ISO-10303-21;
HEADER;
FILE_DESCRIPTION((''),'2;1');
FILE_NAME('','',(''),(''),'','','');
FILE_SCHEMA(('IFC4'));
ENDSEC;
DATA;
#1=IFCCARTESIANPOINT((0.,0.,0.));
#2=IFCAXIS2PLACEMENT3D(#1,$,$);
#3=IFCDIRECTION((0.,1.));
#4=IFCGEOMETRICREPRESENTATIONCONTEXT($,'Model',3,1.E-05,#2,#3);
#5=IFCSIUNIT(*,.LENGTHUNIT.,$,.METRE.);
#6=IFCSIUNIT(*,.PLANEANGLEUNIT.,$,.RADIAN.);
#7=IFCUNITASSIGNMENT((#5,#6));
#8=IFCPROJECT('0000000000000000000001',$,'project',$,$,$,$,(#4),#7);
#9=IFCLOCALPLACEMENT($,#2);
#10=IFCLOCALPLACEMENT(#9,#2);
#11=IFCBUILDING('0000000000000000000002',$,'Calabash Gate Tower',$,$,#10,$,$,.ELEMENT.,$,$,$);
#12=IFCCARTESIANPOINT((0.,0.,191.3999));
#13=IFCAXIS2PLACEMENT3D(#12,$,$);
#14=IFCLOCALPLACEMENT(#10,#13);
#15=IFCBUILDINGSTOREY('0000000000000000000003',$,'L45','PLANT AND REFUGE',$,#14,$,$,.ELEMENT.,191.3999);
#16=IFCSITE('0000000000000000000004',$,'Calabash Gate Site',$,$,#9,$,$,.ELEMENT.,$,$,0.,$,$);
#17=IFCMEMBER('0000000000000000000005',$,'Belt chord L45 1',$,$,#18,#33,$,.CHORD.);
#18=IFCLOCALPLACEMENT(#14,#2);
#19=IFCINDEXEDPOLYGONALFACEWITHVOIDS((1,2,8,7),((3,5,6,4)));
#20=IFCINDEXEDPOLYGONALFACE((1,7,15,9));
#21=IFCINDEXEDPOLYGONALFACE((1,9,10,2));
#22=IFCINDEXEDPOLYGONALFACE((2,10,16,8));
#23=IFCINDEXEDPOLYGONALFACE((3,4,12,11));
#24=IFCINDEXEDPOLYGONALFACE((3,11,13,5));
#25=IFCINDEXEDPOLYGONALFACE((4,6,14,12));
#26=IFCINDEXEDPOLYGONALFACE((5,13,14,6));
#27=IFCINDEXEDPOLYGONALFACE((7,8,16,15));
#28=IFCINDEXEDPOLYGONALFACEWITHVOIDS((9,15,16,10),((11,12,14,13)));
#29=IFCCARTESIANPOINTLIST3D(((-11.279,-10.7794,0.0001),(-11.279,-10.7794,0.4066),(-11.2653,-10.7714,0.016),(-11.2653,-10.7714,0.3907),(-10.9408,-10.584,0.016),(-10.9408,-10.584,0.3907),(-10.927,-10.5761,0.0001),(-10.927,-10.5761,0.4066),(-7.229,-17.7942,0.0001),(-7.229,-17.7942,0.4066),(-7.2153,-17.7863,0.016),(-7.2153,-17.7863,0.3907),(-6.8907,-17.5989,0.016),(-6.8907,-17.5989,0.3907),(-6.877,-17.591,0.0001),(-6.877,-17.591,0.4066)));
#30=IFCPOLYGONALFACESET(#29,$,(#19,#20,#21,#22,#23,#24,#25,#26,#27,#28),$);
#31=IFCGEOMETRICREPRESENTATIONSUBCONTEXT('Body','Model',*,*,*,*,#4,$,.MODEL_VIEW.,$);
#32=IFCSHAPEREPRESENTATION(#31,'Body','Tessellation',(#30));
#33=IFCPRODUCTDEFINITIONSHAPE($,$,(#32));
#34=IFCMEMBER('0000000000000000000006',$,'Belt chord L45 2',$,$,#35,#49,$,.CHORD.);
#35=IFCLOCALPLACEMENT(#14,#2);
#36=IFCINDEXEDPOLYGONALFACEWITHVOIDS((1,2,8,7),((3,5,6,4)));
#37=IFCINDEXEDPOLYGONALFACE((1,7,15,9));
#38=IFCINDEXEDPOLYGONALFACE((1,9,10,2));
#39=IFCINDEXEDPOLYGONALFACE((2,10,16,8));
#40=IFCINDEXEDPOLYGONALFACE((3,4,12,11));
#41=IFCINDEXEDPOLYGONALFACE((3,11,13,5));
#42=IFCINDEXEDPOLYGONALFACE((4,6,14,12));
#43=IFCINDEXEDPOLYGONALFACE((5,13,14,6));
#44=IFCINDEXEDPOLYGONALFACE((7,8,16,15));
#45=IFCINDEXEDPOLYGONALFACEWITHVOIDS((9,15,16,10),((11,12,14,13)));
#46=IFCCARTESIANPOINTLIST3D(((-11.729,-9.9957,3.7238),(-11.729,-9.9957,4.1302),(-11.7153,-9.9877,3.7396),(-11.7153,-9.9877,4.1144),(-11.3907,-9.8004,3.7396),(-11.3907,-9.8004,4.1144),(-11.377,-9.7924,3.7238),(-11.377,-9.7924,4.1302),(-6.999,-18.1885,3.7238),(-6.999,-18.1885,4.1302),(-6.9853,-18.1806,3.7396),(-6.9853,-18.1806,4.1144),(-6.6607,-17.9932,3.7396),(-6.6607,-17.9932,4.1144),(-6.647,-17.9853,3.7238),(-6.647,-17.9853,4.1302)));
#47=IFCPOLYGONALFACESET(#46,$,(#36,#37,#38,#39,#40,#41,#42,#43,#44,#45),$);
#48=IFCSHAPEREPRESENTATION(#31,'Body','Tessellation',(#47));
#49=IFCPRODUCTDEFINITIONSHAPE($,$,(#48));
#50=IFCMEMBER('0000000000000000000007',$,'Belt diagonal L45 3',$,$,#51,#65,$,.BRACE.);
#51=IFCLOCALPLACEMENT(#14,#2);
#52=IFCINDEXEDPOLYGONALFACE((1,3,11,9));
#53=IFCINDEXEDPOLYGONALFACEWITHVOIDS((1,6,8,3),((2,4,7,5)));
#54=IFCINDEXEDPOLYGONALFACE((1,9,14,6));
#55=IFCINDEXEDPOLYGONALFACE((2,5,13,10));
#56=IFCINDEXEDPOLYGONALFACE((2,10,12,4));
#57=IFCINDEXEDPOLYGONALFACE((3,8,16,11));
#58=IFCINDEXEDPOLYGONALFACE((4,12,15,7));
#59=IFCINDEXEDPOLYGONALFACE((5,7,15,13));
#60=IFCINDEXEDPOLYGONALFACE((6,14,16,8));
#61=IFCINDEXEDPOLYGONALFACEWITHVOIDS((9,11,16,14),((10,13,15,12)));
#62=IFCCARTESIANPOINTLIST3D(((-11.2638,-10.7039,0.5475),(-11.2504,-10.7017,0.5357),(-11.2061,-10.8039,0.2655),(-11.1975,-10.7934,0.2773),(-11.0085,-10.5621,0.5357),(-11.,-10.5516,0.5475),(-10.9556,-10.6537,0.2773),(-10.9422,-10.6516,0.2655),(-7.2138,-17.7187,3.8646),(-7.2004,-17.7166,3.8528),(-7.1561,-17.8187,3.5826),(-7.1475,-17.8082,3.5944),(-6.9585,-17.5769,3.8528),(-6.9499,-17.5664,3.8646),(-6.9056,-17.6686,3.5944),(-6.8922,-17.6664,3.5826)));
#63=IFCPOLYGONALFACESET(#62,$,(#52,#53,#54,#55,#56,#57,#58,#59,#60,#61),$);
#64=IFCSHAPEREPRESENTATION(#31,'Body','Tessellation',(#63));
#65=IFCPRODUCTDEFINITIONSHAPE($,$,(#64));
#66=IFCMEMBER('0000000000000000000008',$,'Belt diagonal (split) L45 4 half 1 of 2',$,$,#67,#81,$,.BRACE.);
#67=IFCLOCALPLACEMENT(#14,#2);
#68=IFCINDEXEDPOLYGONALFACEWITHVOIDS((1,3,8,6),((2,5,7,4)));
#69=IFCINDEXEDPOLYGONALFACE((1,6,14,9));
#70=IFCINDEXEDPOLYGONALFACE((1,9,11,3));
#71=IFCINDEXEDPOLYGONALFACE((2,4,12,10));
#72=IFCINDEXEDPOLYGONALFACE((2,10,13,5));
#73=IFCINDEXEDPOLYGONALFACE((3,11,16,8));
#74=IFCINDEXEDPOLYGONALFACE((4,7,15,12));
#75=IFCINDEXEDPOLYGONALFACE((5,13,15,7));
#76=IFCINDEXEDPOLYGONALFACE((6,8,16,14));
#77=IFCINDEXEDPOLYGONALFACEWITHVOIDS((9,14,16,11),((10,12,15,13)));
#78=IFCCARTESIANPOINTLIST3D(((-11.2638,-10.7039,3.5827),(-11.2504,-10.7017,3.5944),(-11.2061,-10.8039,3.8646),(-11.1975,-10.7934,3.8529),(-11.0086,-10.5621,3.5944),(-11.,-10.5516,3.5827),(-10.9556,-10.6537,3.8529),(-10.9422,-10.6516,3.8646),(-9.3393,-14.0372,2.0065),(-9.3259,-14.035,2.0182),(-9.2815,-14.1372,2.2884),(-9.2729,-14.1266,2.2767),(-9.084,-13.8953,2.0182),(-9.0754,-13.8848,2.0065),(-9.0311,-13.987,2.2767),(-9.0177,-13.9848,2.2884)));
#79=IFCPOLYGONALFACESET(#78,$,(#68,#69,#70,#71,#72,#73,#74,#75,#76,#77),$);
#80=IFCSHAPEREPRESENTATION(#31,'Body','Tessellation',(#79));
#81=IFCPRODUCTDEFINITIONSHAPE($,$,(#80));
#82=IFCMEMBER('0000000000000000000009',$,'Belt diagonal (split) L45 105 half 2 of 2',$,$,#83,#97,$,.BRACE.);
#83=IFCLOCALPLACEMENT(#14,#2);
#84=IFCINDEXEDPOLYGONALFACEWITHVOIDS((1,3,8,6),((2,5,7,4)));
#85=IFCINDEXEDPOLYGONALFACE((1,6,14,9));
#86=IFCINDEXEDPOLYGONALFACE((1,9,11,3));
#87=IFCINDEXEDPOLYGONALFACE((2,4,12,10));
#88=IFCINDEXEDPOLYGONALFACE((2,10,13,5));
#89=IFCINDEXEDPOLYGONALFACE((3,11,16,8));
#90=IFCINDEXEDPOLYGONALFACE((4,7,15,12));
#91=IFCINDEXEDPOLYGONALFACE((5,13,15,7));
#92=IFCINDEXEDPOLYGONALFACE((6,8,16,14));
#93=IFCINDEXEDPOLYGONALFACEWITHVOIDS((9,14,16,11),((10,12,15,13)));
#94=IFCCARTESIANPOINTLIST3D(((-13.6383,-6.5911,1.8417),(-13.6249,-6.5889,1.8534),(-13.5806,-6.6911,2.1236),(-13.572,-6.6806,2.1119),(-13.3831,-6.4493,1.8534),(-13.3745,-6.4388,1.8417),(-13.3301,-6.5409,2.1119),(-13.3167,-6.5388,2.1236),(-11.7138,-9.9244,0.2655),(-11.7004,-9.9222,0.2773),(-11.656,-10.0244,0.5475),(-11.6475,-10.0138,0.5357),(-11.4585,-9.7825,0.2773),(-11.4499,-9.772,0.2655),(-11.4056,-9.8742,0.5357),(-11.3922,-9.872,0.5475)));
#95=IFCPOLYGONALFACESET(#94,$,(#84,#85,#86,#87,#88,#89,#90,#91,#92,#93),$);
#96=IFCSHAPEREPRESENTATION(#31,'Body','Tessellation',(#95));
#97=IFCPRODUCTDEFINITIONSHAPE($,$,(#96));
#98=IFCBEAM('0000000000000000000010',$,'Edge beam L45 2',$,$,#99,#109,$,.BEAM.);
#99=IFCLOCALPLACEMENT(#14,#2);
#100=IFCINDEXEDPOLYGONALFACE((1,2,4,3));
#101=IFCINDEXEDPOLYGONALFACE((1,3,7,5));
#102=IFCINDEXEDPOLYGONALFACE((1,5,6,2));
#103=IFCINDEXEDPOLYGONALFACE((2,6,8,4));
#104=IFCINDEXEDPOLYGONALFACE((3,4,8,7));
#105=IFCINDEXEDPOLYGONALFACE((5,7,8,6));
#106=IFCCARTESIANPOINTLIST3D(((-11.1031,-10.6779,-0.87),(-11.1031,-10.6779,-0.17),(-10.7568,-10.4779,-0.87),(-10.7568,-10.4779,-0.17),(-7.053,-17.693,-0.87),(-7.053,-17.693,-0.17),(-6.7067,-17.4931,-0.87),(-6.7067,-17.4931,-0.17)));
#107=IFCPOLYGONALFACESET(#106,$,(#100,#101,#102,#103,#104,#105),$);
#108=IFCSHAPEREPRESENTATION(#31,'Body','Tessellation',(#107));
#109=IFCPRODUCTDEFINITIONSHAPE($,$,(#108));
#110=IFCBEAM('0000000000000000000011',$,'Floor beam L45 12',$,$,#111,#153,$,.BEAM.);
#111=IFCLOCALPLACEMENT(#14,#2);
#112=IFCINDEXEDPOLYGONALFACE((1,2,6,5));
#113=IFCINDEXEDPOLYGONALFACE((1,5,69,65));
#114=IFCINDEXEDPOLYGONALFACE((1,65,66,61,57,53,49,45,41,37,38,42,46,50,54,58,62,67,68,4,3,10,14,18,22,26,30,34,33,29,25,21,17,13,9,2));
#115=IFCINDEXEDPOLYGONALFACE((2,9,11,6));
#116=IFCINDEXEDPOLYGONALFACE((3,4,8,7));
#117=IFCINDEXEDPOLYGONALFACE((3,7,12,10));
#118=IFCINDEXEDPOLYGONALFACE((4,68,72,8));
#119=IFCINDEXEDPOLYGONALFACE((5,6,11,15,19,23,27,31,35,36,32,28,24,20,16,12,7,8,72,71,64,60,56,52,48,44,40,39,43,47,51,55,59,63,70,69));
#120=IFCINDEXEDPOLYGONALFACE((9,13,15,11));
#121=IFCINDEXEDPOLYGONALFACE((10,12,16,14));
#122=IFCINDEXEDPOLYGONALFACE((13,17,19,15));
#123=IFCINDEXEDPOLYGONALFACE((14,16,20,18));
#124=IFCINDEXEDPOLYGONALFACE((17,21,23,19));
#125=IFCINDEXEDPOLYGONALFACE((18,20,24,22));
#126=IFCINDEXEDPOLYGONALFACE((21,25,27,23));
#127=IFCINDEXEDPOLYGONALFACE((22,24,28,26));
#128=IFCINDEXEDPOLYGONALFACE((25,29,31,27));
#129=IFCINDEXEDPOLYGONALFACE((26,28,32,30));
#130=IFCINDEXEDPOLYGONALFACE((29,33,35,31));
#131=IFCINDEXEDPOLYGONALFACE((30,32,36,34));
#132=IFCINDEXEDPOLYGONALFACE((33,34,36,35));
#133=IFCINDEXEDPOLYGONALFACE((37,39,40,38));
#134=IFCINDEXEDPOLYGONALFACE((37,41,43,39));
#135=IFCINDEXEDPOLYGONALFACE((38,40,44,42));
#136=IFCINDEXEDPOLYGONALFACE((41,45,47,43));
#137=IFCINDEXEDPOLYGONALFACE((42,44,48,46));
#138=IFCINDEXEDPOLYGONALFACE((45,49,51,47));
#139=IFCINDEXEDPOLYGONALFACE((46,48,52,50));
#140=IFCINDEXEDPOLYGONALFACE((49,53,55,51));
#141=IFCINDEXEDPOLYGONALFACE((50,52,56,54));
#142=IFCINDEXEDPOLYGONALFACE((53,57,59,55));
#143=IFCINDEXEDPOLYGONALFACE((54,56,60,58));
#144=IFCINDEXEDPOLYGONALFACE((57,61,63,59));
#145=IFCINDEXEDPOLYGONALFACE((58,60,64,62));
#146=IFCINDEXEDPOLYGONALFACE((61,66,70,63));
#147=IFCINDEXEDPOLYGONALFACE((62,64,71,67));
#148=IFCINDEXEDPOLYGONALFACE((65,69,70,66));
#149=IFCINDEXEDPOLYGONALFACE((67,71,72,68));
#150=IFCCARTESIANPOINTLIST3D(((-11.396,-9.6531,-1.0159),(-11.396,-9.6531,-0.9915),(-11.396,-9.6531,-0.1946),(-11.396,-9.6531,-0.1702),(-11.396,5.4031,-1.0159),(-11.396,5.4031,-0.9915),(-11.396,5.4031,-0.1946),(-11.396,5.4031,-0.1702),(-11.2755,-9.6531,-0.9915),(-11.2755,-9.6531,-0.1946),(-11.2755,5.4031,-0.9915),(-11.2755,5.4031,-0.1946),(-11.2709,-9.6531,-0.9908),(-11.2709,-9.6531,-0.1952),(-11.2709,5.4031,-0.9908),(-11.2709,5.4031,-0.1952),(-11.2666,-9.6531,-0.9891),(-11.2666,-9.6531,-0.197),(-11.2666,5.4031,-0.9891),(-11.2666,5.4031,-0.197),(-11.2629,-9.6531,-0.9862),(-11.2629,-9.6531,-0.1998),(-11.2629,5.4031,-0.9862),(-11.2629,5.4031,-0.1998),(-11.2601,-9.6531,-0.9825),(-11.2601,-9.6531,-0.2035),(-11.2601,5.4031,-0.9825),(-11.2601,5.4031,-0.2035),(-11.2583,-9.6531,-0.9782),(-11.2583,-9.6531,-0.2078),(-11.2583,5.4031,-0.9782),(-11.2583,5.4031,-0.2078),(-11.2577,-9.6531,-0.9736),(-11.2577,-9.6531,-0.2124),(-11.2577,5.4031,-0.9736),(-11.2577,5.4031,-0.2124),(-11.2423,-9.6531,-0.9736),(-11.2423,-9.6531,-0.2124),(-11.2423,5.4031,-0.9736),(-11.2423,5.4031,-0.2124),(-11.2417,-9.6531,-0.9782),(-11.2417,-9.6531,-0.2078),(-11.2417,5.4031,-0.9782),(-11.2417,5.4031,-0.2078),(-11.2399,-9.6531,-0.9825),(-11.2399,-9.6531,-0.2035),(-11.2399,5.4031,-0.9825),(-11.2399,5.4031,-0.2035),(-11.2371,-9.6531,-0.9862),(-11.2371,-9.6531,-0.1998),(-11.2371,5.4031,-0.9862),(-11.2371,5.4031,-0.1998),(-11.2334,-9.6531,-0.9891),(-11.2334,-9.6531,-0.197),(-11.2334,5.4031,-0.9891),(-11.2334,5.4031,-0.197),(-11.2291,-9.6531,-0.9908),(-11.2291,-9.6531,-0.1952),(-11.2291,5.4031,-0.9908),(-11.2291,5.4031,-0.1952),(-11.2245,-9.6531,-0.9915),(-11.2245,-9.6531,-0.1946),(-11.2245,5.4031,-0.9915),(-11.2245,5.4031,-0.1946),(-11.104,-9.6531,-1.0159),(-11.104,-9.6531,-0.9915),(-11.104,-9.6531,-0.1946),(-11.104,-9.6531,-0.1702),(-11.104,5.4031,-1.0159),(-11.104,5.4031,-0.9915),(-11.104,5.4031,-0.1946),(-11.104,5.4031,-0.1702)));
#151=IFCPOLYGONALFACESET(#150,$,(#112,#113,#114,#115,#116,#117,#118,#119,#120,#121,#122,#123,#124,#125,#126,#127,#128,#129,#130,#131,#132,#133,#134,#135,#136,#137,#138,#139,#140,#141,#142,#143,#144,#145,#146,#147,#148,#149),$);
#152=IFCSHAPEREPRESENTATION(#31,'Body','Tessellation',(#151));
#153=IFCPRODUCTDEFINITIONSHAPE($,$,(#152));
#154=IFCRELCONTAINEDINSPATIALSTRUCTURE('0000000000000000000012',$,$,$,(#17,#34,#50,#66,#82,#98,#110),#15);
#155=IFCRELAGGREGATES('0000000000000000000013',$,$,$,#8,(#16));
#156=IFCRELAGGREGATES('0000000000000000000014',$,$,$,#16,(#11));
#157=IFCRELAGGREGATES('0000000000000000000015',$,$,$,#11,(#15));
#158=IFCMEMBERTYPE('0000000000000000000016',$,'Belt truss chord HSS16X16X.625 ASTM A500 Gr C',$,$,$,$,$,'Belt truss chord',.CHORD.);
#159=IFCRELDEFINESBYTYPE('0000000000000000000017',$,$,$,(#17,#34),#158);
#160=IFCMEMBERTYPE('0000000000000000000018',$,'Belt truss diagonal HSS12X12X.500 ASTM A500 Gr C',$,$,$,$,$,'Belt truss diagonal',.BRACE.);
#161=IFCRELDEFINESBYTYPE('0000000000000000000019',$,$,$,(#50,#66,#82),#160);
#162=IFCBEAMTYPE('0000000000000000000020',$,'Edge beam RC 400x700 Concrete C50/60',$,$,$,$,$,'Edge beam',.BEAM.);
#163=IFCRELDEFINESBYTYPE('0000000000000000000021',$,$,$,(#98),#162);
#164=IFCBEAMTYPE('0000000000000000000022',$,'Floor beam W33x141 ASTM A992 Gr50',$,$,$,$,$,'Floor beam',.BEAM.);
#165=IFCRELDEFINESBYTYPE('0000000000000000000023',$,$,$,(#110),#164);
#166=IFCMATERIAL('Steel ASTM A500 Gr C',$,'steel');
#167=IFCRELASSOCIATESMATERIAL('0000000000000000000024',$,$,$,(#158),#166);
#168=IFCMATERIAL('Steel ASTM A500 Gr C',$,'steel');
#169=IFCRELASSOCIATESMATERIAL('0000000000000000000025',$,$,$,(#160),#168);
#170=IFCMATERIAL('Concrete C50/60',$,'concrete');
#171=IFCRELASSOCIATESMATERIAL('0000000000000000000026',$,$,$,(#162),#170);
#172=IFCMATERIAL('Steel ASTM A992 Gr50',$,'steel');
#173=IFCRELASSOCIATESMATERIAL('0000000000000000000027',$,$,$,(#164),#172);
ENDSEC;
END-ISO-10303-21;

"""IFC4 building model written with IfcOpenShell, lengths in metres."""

from ifc_helpers import new_model, si_unit, direction, frame, origin, origin_2d, place, context, subcontext, project, spatial, rectangle, hollow_rectangle, i_section, extrude, material, material_profile, profile_set, type_object, element, save


model = new_model("IFC4")

# Units and contexts
model_context = context("Model", 3, precision=1e-05, world=origin(), true_north=direction((0.0, 1.0)))
body_context = subcontext(model_context, "Body", "Model", "MODEL_VIEW")
ifc_project = project(units=[si_unit("LENGTHUNIT", "METRE"), si_unit("PLANEANGLEUNIT", "RADIAN")], contexts=[model_context])

# Site, building, storey
site_placement = place(None, origin())
site = spatial("IfcSite", under=ifc_project, at=site_placement, Name="Calabash Gate Site", CompositionType="ELEMENT", RefElevation=0.0)
building_placement = place(site_placement, origin())
building = spatial("IfcBuilding", under=site, at=building_placement, Name="Calabash Gate Tower", CompositionType="ELEMENT")
storey_placement = place(building_placement, frame((0.0, 0.0, 191.3999)))
storey = spatial("IfcBuildingStorey", under=building, at=storey_placement, Name="L45", Description="PLANT AND REFUGE", CompositionType="ELEMENT", Elevation=191.3999)

# Members
ifc_material_1 = material(Name="Steel ASTM A500 Gr C", Category="steel")
ifc_material_profile_1 = material_profile(ifc_material_1, hollow_rectangle(XDim=0.4065, YDim=0.4065, WallThickness=0.0159, at=origin_2d()))
ifc_profile_set_1 = profile_set([ifc_material_profile_1], Name="Steel ASTM A500 Gr C")
member_type_1 = type_object("IfcMemberType", Name="Belt truss chord HSS16X16X.625 ASTM A500 Gr C", ElementType="Belt truss chord", PredefinedType="CHORD", material=ifc_profile_set_1)
member_1_placement = place(storey_placement, frame((-11.103, -10.6777, 0.2034), z_axis=(0.5, -0.866025, 0.0), x_axis=(0.866025, 0.5, 0.0)))
element("IfcMember", 1, at=member_1_placement, inside=storey, type_object=member_type_1, Name="Belt chord L45 1", PredefinedType="CHORD", context=body_context, shape_type="SweptSolid", body=[
    extrude(hollow_rectangle(XDim=0.4065, YDim=0.4065, WallThickness=0.0159, at=origin_2d()), origin(), (0.0, 0.0, 1.0), 8.1001),
])
member_2_placement = place(storey_placement, frame((-11.553, -9.894, 3.927), z_axis=(0.499986, -0.866033, 0.0), x_axis=(0.866033, 0.499986, 0.0)))
element("IfcMember", 2, at=member_2_placement, inside=storey, type_object=member_type_1, Name="Belt chord L45 2", PredefinedType="CHORD", context=body_context, shape_type="SweptSolid", body=[
    extrude(hollow_rectangle(XDim=0.4065, YDim=0.4065, WallThickness=0.0159, at=origin_2d()), origin(), (0.0, 0.0, 1.0), 9.4602),
])
ifc_material_2 = material(Name="Steel ASTM A500 Gr C", Category="steel")
ifc_material_profile_2 = material_profile(ifc_material_2, hollow_rectangle(XDim=0.3047, YDim=0.3047, WallThickness=0.0127, at=origin_2d()))
ifc_profile_set_2 = profile_set([ifc_material_profile_2], Name="Steel ASTM A500 Gr C")
member_type_2 = type_object("IfcMemberType", Name="Belt truss diagonal HSS12X12X.500 ASTM A500 Gr C", ElementType="Belt truss diagonal", PredefinedType="BRACE", material=ifc_profile_set_2)
member_3_placement = place(storey_placement, frame((-11.103, -10.6777, 0.4065), z_axis=(0.462704, -0.801427, 0.378972), x_axis=(0.866025, 0.5, 0.0)))
element("IfcMember", 3, at=member_3_placement, inside=storey, type_object=member_type_2, Name="Belt diagonal L45 3", PredefinedType="BRACE", context=body_context, shape_type="SweptSolid", body=[
    extrude(hollow_rectangle(XDim=0.3047, YDim=0.3047, WallThickness=0.0127, at=origin_2d()), origin(), (0.0, 0.0, 1.0), 8.7529),
])
for number, where, z_axis, x_axis, name in (
    (4, (-11.103, -10.6777, 3.7236), (0.462725, -0.80142, -0.378962), (0.866013, 0.500021, 0.0), "Belt diagonal (split) L45 4 half 1 of 2"),
    (5, (-13.4775, -6.5649, 1.9827), (0.462725, -0.80142, -0.378962), (0.866013, 0.500021, 0.0), "Belt diagonal (split) L45 105 half 2 of 2"),
):
    element("IfcMember", number, at=place(storey_placement, frame(where, z_axis=z_axis, x_axis=x_axis)), inside=storey, type_object=member_type_2, Name=name, PredefinedType="BRACE", context=body_context, shape_type="SweptSolid", body=[
        extrude(hollow_rectangle(XDim=0.3047, YDim=0.3047, WallThickness=0.0127, at=origin_2d()), origin(), (0.0, 0.0, 1.0), 4.1592),
    ])

# Beams
ifc_material_3 = material(Name="Concrete C50/60", Category="concrete")
ifc_material_profile_3 = material_profile(ifc_material_3, rectangle(XDim=0.3999, YDim=0.7, at=origin_2d()))
ifc_profile_set_3 = profile_set([ifc_material_profile_3], Name="Concrete C50/60")
beam_type_1 = type_object("IfcBeamType", Name="Edge beam RC 400x700 Concrete C50/60", ElementType="Edge beam", PredefinedType="BEAM", material=ifc_profile_set_3)
beam_1_placement = place(storey_placement, frame((-10.9299, -10.5779, -0.52), z_axis=(0.499987, -0.866033, 0.0), x_axis=(0.866033, 0.499987, 0.0)))
element("IfcBeam", 6, at=beam_1_placement, inside=storey, type_object=beam_type_1, Name="Edge beam L45 2", PredefinedType="BEAM", context=body_context, shape_type="SweptSolid", body=[
    extrude(rectangle(XDim=0.3999, YDim=0.7, at=origin_2d()), origin(), (0.0, 0.0, 1.0), 8.1003),
])
ifc_material_4 = material(Name="Steel ASTM A992 Gr50", Category="steel")
ifc_material_profile_4 = material_profile(ifc_material_4, i_section(OverallWidth=0.292, OverallDepth=0.8457, WebThickness=0.0154, FlangeThickness=0.0244, FilletRadius=0.0178, at=origin_2d()))
ifc_profile_set_4 = profile_set([ifc_material_profile_4], Name="Steel ASTM A992 Gr50")
beam_type_2 = type_object("IfcBeamType", Name="Floor beam W33x141 ASTM A992 Gr50", ElementType="Floor beam", PredefinedType="BEAM", material=ifc_profile_set_4)
beam_2_placement = place(storey_placement, frame((-11.25, -9.6531, -0.593), z_axis=(0.0, 1.0, 0.0), x_axis=(-1.0, 0.0, 0.0)))
element("IfcBeam", 7, at=beam_2_placement, inside=storey, type_object=beam_type_2, Name="Floor beam L45 12", PredefinedType="BEAM", context=body_context, shape_type="SweptSolid", body=[
    extrude(i_section(OverallWidth=0.292, OverallDepth=0.8457, WebThickness=0.0154, FlangeThickness=0.0244, FilletRadius=0.0178, at=origin_2d()), origin(), (0.0, 0.0, 1.0), 15.0562),
])

save(model, "model.ifc")
